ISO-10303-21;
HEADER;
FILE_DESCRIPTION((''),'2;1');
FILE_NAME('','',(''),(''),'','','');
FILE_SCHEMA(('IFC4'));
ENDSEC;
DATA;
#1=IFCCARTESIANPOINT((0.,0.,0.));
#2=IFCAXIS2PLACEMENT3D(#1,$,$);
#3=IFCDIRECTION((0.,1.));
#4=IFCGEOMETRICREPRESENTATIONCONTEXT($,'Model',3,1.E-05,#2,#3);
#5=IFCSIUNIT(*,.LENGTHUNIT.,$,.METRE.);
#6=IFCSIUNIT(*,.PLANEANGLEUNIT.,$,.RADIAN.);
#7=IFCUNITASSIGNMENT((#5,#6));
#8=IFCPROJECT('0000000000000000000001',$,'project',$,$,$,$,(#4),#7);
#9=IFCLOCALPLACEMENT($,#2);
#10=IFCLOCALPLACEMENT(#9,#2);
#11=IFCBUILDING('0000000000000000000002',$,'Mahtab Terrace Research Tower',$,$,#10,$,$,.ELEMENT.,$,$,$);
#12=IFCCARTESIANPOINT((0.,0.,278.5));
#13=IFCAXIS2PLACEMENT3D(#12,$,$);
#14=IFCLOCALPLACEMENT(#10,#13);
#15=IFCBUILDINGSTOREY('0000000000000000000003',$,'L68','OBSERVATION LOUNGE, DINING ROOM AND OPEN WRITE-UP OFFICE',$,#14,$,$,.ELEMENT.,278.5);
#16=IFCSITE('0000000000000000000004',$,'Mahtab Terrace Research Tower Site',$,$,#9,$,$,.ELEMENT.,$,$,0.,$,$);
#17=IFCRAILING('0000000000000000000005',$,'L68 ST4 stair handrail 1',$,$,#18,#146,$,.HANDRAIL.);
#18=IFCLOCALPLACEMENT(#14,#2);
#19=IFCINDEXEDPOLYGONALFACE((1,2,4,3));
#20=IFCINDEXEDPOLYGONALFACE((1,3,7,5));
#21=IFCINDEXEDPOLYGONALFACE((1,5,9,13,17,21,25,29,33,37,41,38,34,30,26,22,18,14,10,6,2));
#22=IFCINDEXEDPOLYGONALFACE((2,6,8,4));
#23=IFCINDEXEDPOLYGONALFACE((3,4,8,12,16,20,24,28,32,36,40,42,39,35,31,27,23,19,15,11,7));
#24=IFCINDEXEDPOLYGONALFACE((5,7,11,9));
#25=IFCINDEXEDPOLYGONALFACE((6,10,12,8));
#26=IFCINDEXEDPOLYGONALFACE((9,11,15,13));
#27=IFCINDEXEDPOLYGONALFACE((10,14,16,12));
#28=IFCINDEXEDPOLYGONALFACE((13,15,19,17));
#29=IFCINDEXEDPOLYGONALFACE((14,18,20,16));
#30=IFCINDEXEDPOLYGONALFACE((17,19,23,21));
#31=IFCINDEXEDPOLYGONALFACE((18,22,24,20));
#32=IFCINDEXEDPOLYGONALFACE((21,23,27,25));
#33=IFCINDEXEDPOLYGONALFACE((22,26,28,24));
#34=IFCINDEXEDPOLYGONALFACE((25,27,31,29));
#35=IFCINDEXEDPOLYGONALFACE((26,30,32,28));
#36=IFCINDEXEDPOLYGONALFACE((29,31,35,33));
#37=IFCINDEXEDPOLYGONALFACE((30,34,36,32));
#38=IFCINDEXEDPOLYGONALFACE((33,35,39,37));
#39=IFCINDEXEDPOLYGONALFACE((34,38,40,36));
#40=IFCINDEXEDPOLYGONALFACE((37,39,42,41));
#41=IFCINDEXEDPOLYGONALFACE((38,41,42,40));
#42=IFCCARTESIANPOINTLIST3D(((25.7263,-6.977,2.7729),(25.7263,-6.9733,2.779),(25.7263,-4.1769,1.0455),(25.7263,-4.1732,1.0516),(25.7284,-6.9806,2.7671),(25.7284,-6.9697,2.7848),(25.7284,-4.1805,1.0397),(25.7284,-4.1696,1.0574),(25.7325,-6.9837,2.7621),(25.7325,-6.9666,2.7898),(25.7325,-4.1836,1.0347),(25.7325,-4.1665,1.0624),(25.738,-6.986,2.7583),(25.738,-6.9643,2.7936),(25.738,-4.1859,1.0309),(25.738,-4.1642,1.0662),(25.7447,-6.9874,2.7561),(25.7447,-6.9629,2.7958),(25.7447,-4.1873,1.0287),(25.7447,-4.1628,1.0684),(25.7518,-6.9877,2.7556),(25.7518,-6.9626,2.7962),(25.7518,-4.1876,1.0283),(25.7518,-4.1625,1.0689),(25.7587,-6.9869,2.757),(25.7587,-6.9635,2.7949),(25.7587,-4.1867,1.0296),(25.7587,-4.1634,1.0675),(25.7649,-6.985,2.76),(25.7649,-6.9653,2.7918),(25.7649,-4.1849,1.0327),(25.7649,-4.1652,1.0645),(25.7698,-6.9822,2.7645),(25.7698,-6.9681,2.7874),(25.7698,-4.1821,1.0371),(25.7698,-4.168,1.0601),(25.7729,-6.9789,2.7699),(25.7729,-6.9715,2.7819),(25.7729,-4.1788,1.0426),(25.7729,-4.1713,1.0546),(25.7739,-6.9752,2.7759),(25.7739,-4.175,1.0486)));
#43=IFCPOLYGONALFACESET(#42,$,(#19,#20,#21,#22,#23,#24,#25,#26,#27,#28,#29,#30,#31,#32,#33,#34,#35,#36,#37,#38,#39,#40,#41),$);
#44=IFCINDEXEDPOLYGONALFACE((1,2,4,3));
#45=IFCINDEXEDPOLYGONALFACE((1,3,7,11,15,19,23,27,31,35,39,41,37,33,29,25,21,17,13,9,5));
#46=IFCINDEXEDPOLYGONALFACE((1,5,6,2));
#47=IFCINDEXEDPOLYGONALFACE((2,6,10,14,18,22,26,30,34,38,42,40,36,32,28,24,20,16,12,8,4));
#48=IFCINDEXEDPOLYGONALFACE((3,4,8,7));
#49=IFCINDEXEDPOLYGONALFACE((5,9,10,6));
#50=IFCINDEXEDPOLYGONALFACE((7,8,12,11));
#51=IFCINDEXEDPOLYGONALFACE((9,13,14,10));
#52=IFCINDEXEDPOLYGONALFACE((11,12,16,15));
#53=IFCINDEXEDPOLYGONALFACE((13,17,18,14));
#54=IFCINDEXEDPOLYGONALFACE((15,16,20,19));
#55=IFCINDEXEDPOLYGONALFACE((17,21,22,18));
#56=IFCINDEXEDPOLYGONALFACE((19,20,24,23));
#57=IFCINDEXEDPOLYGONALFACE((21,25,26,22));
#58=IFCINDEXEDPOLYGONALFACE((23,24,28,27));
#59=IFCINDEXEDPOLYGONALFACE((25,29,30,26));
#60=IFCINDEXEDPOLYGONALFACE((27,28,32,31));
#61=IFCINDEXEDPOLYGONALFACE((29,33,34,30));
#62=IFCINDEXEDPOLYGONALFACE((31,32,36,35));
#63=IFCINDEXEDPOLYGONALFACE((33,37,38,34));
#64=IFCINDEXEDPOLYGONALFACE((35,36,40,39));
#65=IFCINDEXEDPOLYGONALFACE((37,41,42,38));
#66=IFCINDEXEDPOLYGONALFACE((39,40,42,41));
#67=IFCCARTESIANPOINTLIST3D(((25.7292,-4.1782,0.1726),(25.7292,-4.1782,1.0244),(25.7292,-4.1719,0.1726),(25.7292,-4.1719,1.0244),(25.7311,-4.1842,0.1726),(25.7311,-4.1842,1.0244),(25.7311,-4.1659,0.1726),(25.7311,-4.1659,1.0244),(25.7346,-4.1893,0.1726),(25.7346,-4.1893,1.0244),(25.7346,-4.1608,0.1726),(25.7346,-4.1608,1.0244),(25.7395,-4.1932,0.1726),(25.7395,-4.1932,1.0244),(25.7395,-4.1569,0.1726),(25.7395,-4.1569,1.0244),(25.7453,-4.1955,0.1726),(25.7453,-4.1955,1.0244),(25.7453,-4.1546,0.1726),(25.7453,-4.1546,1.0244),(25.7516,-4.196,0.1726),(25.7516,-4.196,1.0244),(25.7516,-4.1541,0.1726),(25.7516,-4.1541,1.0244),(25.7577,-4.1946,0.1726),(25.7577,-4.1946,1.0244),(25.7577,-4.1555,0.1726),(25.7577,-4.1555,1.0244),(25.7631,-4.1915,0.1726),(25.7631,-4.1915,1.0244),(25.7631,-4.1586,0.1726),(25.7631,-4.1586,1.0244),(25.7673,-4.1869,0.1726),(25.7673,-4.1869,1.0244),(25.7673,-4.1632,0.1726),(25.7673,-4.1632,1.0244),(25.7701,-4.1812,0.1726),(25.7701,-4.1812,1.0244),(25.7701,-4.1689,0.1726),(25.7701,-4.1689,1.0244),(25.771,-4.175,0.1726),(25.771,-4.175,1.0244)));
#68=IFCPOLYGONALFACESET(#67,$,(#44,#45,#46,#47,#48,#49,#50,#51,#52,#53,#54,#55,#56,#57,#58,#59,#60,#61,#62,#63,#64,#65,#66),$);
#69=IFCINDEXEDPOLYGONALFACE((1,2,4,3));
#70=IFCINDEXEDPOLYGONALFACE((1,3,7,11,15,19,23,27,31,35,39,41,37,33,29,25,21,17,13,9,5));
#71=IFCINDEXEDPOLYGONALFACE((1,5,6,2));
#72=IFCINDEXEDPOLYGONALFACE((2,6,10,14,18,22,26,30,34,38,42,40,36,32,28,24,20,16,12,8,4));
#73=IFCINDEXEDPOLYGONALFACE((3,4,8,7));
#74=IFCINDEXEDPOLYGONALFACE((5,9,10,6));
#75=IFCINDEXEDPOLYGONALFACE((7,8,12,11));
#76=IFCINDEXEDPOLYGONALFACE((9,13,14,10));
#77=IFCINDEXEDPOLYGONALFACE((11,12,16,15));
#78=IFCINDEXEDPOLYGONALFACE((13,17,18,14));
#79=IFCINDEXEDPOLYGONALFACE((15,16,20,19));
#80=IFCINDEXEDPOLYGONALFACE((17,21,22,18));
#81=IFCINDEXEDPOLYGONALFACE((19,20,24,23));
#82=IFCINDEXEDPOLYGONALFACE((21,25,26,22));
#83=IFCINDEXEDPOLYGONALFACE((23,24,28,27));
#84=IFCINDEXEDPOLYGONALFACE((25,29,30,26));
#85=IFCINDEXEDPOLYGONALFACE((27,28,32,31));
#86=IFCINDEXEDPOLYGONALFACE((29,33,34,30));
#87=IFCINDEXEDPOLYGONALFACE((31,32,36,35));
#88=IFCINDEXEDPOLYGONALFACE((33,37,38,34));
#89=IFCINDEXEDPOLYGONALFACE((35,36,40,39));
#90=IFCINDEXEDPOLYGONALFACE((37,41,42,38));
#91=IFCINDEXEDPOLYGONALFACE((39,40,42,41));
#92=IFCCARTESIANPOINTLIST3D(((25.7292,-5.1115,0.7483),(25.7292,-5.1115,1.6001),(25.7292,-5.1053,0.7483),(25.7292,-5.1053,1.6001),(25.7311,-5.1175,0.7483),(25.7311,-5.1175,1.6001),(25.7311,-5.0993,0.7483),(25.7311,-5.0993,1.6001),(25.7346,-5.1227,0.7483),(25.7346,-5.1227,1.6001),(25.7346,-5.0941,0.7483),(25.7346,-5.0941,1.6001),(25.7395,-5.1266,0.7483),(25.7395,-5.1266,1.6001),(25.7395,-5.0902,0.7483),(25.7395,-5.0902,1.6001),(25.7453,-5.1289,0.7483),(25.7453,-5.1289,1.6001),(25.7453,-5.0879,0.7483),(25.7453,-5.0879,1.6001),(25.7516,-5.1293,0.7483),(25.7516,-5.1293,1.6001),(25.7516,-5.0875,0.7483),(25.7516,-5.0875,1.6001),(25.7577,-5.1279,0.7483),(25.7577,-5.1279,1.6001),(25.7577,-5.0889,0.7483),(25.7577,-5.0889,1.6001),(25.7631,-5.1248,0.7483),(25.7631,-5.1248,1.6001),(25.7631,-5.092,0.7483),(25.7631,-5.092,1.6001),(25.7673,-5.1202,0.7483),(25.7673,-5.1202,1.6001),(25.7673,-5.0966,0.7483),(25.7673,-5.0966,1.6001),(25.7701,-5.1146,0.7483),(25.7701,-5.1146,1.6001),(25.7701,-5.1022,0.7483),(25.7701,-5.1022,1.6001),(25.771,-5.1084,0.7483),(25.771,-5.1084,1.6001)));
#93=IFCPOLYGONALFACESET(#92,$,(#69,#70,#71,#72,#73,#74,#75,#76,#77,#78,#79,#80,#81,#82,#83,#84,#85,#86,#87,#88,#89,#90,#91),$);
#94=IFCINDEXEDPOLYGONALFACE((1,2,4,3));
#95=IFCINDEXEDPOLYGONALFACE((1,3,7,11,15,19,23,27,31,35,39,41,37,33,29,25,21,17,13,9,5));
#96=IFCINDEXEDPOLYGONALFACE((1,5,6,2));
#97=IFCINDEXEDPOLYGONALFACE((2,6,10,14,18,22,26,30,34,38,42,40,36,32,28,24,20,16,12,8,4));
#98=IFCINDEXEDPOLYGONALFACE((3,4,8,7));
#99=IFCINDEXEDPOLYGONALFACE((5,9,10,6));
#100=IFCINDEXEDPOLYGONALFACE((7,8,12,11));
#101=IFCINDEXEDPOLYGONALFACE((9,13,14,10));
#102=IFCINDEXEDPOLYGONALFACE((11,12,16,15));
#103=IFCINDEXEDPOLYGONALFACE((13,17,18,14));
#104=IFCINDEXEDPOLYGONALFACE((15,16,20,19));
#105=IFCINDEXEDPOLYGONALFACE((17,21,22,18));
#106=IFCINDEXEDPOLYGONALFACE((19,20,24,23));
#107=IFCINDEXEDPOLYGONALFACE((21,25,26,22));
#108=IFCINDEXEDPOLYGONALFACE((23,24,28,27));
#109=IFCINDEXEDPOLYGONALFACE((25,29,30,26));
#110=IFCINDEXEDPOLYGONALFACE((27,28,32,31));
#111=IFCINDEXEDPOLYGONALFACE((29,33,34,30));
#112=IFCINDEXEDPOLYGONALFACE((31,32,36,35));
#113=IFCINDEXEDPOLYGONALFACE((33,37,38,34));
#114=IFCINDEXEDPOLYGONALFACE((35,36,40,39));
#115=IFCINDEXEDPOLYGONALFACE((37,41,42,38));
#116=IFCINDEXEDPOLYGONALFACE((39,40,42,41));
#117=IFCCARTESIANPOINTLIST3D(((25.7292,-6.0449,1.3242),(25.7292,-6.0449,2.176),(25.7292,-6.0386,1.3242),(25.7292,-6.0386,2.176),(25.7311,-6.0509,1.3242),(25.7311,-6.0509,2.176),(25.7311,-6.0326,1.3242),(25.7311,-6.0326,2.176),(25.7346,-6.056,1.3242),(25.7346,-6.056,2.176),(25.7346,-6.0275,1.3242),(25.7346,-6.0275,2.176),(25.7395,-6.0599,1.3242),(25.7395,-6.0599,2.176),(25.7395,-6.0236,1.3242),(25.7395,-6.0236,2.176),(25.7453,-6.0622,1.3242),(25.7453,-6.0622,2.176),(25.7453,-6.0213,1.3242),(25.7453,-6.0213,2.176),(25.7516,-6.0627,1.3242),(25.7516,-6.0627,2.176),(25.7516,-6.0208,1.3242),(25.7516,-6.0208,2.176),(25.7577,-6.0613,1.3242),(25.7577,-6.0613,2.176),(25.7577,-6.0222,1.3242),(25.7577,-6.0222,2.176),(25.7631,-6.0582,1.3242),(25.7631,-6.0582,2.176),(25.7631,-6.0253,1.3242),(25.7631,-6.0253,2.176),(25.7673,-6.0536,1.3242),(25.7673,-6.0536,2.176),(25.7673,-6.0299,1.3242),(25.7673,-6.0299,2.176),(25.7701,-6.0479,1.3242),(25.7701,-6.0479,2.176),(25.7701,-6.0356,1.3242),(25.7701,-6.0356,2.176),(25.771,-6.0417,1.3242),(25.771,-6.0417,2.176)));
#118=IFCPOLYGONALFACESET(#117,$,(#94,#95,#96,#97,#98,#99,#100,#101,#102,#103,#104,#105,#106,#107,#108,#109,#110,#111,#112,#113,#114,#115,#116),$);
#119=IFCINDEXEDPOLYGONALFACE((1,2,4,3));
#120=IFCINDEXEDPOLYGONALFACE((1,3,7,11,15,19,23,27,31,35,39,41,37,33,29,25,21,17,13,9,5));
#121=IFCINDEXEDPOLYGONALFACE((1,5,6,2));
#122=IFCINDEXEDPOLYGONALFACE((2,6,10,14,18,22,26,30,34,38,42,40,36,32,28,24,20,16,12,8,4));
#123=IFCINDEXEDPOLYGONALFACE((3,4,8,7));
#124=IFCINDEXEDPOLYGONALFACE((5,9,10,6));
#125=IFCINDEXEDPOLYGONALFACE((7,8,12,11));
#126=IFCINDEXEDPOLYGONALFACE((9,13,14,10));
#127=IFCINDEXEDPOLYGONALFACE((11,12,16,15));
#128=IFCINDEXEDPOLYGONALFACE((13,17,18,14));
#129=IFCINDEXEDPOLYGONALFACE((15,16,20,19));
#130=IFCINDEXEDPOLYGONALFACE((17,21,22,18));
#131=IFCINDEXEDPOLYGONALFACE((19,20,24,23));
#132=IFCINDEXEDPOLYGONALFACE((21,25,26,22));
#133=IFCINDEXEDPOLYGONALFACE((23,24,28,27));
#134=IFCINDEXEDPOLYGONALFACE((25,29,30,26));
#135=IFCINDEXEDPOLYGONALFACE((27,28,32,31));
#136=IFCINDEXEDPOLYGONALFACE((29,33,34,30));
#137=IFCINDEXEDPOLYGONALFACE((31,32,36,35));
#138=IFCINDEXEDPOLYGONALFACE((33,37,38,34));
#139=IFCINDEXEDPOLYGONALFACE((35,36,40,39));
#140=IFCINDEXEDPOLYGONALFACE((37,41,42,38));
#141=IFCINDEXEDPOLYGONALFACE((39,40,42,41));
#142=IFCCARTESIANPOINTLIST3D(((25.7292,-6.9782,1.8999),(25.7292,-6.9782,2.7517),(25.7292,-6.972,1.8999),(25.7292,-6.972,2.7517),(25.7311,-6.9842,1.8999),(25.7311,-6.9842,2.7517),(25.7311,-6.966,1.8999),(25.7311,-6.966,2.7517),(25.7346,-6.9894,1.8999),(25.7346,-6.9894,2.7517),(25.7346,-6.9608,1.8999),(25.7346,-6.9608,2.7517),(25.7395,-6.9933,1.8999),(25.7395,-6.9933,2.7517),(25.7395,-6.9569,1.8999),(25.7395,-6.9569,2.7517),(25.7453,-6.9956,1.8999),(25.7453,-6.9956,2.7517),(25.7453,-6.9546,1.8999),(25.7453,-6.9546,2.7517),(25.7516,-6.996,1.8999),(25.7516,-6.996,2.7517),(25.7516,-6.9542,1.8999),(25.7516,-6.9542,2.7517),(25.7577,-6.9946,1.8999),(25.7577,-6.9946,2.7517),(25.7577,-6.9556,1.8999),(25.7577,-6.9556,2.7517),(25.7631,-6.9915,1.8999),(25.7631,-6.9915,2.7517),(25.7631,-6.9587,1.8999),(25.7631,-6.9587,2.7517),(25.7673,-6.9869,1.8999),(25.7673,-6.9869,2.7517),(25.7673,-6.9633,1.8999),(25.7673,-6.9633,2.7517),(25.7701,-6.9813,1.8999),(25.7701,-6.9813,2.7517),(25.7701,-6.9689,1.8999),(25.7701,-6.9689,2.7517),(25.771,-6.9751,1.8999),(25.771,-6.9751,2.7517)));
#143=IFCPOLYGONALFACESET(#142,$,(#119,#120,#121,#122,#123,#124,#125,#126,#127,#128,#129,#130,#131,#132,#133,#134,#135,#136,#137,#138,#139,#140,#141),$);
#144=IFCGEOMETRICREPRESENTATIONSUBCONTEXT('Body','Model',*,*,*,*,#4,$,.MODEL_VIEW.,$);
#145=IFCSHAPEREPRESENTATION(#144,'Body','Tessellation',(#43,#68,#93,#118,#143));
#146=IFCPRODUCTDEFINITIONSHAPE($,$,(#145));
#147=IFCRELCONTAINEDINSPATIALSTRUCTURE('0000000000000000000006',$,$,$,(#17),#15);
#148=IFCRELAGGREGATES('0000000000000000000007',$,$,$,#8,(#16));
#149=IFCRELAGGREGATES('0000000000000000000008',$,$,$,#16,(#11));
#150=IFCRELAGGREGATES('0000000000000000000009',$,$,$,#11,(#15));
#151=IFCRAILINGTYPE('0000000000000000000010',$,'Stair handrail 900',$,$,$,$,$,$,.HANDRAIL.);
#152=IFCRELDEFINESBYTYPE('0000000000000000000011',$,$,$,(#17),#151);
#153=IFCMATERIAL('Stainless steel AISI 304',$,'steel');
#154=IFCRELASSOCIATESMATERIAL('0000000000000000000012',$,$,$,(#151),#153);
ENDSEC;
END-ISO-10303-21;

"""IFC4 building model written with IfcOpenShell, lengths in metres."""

from ifc_helpers import new_model, si_unit, direction, frame, origin, origin_2d, place, context, subcontext, project, spatial, circle, extrude, material, type_object, element, save


model = new_model("IFC4")

# Units and contexts
model_context = context("Model", 3, precision=1e-05, world=origin(), true_north=direction((0.0, 1.0)))
body_context = subcontext(model_context, "Body", "Model", "MODEL_VIEW")
ifc_project = project(units=[si_unit("LENGTHUNIT", "METRE"), si_unit("PLANEANGLEUNIT", "RADIAN")], contexts=[model_context])

# Site, building, storey
site_placement = place(None, origin())
site = spatial("IfcSite", under=ifc_project, at=site_placement, Name="Mahtab Terrace Research Tower Site", CompositionType="ELEMENT", RefElevation=0.0)
building_placement = place(site_placement, origin())
building = spatial("IfcBuilding", under=site, at=building_placement, Name="Mahtab Terrace Research Tower", CompositionType="ELEMENT")
storey_placement = place(building_placement, frame((0.0, 0.0, 278.5)))
storey = spatial("IfcBuildingStorey", under=building, at=storey_placement, Name="L68", Description="OBSERVATION LOUNGE, DINING ROOM AND OPEN WRITE-UP OFFICE", CompositionType="ELEMENT", Elevation=278.5)

# Railing
ifc_material_1 = material(Name="Stainless steel AISI 304", Category="steel")
railing_type_1 = type_object("IfcRailingType", Name="Stair handrail 900", PredefinedType="HANDRAIL", material=ifc_material_1)
railing_1_placement = place(storey_placement, frame((25.75, -4.175, 0.1726)))
element("IfcRailing", 1, at=railing_1_placement, inside=storey, type_object=railing_type_1, Name="L68 ST4 stair handrail 1", PredefinedType="HANDRAIL", context=body_context, shape_type="SweptSolid", body=[
    extrude(circle(Radius=0.0239, at=origin_2d()), frame((0.0, 0.0, 0.876), z_axis=(0.0, -0.85109, 0.52502), x_axis=(1.0, 0.0, 0.0)), (0.0, 0.0, 1.0), 3.29),
    extrude(circle(Radius=0.021, at=origin_2d()), origin(), (0.0, 0.0, 1.0), 0.8518),
    extrude(circle(Radius=0.021, at=origin_2d()), frame((0.0, -0.9333, 0.5757)), (0.0, 0.0, 1.0), 0.8518),
    extrude(circle(Radius=0.021, at=origin_2d()), frame((0.0, -1.8667, 1.1516)), (0.0, 0.0, 1.0), 0.8518),
    extrude(circle(Radius=0.021, at=origin_2d()), frame((0.0, -2.8, 1.7273)), (0.0, 0.0, 1.0), 0.8518),
])

save(model, "model.ifc")
